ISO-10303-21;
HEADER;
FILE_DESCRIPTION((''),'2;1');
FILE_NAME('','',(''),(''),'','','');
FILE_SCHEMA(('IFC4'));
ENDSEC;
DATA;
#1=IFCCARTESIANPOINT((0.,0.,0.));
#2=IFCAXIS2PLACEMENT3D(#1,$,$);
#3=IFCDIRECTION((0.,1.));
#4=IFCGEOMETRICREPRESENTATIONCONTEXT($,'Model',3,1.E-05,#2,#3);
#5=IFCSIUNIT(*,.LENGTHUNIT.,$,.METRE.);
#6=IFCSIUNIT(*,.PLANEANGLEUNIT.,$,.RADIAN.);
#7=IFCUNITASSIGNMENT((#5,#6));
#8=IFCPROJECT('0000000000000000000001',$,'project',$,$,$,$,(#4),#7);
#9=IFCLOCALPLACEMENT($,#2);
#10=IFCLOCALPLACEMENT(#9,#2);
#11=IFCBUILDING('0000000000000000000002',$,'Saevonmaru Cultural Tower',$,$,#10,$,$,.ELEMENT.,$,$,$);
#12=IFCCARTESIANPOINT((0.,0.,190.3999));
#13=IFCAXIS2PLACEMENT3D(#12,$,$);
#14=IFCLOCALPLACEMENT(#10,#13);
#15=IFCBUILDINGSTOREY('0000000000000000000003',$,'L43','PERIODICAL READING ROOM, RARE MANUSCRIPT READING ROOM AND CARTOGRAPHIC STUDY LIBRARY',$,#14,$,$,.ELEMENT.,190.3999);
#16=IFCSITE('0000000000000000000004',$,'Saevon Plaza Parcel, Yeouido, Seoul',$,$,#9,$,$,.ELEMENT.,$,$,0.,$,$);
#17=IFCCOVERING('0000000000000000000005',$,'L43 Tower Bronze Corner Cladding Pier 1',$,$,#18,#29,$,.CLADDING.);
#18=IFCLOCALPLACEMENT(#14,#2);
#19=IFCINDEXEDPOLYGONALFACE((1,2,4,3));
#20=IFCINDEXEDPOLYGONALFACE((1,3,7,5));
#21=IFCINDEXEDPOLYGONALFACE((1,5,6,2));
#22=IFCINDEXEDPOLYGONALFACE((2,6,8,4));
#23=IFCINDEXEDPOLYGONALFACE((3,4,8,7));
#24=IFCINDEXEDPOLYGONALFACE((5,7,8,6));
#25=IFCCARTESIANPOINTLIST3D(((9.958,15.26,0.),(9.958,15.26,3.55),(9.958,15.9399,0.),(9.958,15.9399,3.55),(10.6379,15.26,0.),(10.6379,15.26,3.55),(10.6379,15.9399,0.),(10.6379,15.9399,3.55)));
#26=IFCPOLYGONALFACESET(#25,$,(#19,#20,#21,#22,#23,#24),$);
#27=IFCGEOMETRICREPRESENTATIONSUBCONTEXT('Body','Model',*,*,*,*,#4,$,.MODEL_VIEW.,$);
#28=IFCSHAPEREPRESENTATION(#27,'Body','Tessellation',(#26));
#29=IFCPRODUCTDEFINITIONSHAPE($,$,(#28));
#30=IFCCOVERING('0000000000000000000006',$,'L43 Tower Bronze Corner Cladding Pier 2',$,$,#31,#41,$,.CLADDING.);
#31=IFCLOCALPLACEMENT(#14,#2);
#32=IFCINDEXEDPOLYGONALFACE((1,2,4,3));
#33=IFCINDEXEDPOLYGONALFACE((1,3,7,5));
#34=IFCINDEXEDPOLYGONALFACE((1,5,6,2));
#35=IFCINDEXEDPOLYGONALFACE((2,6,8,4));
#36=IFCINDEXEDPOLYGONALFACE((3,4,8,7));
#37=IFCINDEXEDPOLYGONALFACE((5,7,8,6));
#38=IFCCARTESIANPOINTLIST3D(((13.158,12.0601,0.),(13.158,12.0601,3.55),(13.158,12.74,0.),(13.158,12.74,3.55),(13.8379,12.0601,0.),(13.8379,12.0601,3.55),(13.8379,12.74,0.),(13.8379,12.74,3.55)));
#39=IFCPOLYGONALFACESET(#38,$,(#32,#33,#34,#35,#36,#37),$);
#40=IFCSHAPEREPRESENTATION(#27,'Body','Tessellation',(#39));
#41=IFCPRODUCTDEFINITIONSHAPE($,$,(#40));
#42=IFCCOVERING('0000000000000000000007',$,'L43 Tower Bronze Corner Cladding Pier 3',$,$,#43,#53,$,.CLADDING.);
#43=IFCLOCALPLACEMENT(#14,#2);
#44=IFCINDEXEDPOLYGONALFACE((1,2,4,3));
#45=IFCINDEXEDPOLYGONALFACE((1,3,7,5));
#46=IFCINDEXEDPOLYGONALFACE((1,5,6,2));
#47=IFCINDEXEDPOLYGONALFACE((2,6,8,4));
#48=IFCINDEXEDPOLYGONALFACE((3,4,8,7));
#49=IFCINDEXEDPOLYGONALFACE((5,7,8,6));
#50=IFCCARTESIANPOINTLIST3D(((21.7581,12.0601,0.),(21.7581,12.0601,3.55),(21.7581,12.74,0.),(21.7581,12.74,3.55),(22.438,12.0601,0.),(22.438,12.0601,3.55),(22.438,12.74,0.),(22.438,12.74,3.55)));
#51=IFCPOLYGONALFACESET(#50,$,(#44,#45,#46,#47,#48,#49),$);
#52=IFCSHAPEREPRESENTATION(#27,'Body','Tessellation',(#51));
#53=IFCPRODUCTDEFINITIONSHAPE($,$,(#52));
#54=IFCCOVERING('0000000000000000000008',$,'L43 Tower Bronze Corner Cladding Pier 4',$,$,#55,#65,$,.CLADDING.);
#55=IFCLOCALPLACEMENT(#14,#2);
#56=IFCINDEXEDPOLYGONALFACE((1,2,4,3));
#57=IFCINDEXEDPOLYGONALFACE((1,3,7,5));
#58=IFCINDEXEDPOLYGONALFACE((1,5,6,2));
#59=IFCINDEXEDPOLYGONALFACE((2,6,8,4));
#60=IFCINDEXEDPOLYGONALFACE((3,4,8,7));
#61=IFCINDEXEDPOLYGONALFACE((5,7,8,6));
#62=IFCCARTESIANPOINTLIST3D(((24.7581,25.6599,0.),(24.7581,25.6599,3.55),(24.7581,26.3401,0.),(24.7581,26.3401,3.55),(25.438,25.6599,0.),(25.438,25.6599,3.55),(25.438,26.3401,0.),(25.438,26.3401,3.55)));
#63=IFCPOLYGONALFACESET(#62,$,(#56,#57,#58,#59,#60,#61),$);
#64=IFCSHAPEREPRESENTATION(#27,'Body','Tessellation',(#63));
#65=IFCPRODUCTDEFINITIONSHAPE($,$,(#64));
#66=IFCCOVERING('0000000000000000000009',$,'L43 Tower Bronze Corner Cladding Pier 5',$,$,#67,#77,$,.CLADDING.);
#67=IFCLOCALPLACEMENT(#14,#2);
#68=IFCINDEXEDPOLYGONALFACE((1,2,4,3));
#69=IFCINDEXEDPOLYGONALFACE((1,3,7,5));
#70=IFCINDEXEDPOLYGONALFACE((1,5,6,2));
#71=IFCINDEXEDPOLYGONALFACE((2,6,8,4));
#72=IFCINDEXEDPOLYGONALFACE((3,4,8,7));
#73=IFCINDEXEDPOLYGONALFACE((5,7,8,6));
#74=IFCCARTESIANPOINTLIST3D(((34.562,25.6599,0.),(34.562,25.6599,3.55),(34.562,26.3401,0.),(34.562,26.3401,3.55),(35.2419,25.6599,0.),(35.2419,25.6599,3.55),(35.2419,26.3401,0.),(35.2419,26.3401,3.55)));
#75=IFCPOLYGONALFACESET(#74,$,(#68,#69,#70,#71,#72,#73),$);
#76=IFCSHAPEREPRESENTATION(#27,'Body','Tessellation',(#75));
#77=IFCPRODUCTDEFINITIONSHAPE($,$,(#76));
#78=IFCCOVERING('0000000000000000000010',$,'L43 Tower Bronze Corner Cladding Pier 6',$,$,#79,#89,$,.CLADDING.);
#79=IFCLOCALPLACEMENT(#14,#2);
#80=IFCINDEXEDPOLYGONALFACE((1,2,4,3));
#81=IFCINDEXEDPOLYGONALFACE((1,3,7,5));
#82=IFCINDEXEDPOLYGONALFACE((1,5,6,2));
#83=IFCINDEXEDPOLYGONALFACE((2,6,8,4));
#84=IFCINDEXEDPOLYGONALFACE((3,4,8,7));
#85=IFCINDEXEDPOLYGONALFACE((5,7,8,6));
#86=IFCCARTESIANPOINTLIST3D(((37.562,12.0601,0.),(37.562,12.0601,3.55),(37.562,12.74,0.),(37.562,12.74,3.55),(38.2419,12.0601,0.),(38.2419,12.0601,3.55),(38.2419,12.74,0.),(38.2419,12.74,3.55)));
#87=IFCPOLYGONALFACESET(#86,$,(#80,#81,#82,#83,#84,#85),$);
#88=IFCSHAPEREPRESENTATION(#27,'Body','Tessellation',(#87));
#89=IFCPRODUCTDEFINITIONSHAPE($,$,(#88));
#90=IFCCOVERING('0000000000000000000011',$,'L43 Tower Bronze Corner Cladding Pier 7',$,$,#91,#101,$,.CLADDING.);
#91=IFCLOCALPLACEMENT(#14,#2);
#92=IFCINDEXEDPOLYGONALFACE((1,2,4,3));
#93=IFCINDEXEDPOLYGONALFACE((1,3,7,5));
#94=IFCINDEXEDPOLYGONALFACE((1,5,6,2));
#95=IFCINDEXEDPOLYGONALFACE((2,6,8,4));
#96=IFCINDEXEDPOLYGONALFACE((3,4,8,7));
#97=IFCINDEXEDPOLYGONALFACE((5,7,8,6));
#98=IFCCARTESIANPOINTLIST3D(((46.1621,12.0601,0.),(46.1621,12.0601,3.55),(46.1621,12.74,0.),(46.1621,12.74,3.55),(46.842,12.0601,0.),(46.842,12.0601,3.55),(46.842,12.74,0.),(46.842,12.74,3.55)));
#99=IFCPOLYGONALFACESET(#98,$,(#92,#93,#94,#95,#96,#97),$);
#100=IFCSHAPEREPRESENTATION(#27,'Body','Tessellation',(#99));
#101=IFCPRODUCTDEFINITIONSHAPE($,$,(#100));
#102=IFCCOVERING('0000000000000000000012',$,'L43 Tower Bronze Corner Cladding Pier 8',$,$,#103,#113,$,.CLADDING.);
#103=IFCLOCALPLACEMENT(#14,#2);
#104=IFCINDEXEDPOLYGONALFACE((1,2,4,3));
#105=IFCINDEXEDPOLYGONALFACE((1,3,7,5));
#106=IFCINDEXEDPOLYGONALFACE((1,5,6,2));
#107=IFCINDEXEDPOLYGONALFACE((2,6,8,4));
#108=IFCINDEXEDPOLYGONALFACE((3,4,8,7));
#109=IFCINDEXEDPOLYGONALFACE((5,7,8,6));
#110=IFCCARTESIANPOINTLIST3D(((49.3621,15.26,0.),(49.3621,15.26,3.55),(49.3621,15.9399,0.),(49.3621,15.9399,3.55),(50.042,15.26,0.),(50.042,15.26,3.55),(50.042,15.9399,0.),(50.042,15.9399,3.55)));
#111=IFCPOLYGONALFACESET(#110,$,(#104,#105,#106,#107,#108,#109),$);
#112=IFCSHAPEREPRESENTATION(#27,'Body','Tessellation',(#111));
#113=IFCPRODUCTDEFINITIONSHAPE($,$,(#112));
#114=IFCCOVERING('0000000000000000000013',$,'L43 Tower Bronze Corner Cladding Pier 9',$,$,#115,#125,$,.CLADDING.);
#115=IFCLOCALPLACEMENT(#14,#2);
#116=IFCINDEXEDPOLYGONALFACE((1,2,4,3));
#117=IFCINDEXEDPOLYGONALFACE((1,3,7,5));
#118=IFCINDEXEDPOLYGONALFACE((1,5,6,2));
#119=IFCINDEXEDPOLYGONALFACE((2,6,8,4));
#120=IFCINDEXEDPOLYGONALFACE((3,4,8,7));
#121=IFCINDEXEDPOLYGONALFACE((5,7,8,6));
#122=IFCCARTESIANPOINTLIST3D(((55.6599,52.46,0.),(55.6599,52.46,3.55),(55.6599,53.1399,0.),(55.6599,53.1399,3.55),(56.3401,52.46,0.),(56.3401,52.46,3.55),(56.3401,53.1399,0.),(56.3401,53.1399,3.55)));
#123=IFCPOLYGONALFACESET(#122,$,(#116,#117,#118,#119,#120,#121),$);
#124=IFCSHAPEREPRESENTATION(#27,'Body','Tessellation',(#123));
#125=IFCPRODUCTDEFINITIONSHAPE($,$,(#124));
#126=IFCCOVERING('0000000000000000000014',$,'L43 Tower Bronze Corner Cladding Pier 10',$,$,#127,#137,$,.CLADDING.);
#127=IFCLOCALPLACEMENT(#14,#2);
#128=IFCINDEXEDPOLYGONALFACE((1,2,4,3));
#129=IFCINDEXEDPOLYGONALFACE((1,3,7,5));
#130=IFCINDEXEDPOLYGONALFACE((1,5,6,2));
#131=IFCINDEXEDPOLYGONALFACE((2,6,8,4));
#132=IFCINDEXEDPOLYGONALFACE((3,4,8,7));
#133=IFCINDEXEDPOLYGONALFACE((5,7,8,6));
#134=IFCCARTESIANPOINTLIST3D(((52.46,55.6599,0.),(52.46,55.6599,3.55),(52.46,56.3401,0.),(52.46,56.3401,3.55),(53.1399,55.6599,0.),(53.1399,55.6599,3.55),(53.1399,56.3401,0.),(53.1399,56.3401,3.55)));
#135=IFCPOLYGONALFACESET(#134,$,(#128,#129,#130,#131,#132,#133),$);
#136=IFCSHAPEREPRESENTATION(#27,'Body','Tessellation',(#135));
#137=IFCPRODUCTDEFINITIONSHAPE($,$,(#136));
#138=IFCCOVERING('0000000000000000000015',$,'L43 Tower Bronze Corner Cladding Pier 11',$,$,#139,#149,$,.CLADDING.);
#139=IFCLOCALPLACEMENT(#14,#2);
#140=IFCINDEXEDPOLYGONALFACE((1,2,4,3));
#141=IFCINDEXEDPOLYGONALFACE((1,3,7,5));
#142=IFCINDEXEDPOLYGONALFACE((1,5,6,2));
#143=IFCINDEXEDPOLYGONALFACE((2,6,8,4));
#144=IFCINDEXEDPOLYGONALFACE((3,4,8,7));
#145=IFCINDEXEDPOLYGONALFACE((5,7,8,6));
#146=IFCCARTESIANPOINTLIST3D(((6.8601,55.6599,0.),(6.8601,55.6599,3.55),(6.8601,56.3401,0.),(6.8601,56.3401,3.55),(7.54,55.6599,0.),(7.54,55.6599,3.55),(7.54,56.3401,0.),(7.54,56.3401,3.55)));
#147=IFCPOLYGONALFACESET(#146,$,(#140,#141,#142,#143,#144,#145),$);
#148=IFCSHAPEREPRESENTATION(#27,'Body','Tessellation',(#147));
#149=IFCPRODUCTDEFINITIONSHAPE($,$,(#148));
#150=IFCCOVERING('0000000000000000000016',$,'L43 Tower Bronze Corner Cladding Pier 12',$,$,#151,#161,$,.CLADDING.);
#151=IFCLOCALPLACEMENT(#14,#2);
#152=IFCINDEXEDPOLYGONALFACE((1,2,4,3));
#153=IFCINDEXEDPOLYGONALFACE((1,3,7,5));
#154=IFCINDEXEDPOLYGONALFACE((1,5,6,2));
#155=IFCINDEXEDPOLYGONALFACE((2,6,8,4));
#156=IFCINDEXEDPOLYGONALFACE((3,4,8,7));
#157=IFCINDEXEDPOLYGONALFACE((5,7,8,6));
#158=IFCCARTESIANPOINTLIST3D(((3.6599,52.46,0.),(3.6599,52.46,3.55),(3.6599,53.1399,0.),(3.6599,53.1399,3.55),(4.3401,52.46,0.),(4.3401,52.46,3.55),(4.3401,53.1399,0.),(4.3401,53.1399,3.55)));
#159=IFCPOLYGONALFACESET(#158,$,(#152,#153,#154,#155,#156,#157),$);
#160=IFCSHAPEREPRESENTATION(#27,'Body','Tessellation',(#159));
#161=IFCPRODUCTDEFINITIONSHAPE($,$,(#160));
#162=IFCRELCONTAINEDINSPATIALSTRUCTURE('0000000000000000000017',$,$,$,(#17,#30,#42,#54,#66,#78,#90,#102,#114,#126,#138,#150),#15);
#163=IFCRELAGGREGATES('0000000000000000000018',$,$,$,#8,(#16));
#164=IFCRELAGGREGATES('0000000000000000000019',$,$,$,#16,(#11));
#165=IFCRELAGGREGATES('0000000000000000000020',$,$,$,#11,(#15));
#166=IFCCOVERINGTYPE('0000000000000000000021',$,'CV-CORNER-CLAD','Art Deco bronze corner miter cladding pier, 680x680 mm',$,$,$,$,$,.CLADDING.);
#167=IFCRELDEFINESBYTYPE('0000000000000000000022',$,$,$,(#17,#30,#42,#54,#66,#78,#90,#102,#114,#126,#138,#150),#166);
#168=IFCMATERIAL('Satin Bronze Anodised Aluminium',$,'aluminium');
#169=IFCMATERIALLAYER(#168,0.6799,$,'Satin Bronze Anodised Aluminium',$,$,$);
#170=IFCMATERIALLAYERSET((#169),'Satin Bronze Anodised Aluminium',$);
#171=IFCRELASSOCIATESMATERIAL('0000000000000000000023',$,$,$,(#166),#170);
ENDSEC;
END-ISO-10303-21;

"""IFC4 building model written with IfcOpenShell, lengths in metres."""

from ifc_helpers import new_model, si_unit, direction, frame, origin, place, context, subcontext, project, spatial, polyline, outline, extrude, material, layer, layer_set, type_object, element, save


model = new_model("IFC4")

# Units and contexts
model_context = context("Model", 3, precision=1e-05, world=origin(), true_north=direction((0.0, 1.0)))
body_context = subcontext(model_context, "Body", "Model", "MODEL_VIEW")
ifc_project = project(units=[si_unit("LENGTHUNIT", "METRE"), si_unit("PLANEANGLEUNIT", "RADIAN")], contexts=[model_context])

# Site, building, storey
site_placement = place(None, origin())
site = spatial("IfcSite", under=ifc_project, at=site_placement, Name="Saevon Plaza Parcel, Yeouido, Seoul", CompositionType="ELEMENT", RefElevation=0.0)
building_placement = place(site_placement, origin())
building = spatial("IfcBuilding", under=site, at=building_placement, Name="Saevonmaru Cultural Tower", CompositionType="ELEMENT")
storey_placement = place(building_placement, frame((0.0, 0.0, 190.3999)))
storey = spatial("IfcBuildingStorey", under=building, at=storey_placement, Name="L43", Description="PERIODICAL READING ROOM, RARE MANUSCRIPT READING ROOM AND CARTOGRAPHIC STUDY LIBRARY", CompositionType="ELEMENT", Elevation=190.3999)

# Shared definitions
ifc_material_1 = material(Name="Satin Bronze Anodised Aluminium", Category="aluminium")

# Coverings
ifc_layer_1 = layer(ifc_material_1, 0.6799, Name="Satin Bronze Anodised Aluminium")
ifc_layer_set_1 = layer_set([ifc_layer_1], Name="Satin Bronze Anodised Aluminium")
covering_type = type_object("IfcCoveringType", Name="CV-CORNER-CLAD", Description="Art Deco bronze corner miter cladding pier, 680x680 mm", PredefinedType="CLADDING", material=ifc_layer_set_1)
covering_1_placement = place(storey_placement, origin())
element("IfcCovering", 1, at=covering_1_placement, inside=storey, type_object=covering_type, Name="L43 Tower Bronze Corner Cladding Pier 1", PredefinedType="CLADDING", context=body_context, shape_type="SweptSolid", body=[
    extrude(outline(polyline([(9.958, 15.26), (10.6379, 15.26), (10.6379, 15.9399), (9.958, 15.9399), (9.958, 15.26)])), origin(), (0.0, 0.0, 1.0), 3.55),
])
covering_2_placement = place(storey_placement, origin())
element("IfcCovering", 2, at=covering_2_placement, inside=storey, type_object=covering_type, Name="L43 Tower Bronze Corner Cladding Pier 2", PredefinedType="CLADDING", context=body_context, shape_type="SweptSolid", body=[
    extrude(outline(polyline([(13.158, 12.0601), (13.8379, 12.0601), (13.8379, 12.74), (13.158, 12.74), (13.158, 12.0601)])), origin(), (0.0, 0.0, 1.0), 3.55),
])
covering_3_placement = place(storey_placement, origin())
element("IfcCovering", 3, at=covering_3_placement, inside=storey, type_object=covering_type, Name="L43 Tower Bronze Corner Cladding Pier 3", PredefinedType="CLADDING", context=body_context, shape_type="SweptSolid", body=[
    extrude(outline(polyline([(21.7581, 12.0601), (22.438, 12.0601), (22.438, 12.74), (21.7581, 12.74), (21.7581, 12.0601)])), origin(), (0.0, 0.0, 1.0), 3.55),
])
covering_4_placement = place(storey_placement, origin())
element("IfcCovering", 4, at=covering_4_placement, inside=storey, type_object=covering_type, Name="L43 Tower Bronze Corner Cladding Pier 4", PredefinedType="CLADDING", context=body_context, shape_type="SweptSolid", body=[
    extrude(outline(polyline([(24.7581, 25.6599), (25.438, 25.6599), (25.438, 26.3401), (24.7581, 26.3401), (24.7581, 25.6599)])), origin(), (0.0, 0.0, 1.0), 3.55),
])
covering_5_placement = place(storey_placement, origin())
element("IfcCovering", 5, at=covering_5_placement, inside=storey, type_object=covering_type, Name="L43 Tower Bronze Corner Cladding Pier 5", PredefinedType="CLADDING", context=body_context, shape_type="SweptSolid", body=[
    extrude(outline(polyline([(34.562, 25.6599), (35.2419, 25.6599), (35.2419, 26.3401), (34.562, 26.3401), (34.562, 25.6599)])), origin(), (0.0, 0.0, 1.0), 3.55),
])
covering_6_placement = place(storey_placement, origin())
element("IfcCovering", 6, at=covering_6_placement, inside=storey, type_object=covering_type, Name="L43 Tower Bronze Corner Cladding Pier 6", PredefinedType="CLADDING", context=body_context, shape_type="SweptSolid", body=[
    extrude(outline(polyline([(37.562, 12.0601), (38.2419, 12.0601), (38.2419, 12.74), (37.562, 12.74), (37.562, 12.0601)])), origin(), (0.0, 0.0, 1.0), 3.55),
])
covering_7_placement = place(storey_placement, origin())
element("IfcCovering", 7, at=covering_7_placement, inside=storey, type_object=covering_type, Name="L43 Tower Bronze Corner Cladding Pier 7", PredefinedType="CLADDING", context=body_context, shape_type="SweptSolid", body=[
    extrude(outline(polyline([(46.1621, 12.0601), (46.842, 12.0601), (46.842, 12.74), (46.1621, 12.74), (46.1621, 12.0601)])), origin(), (0.0, 0.0, 1.0), 3.55),
])
covering_8_placement = place(storey_placement, origin())
element("IfcCovering", 8, at=covering_8_placement, inside=storey, type_object=covering_type, Name="L43 Tower Bronze Corner Cladding Pier 8", PredefinedType="CLADDING", context=body_context, shape_type="SweptSolid", body=[
    extrude(outline(polyline([(49.3621, 15.26), (50.042, 15.26), (50.042, 15.9399), (49.3621, 15.9399), (49.3621, 15.26)])), origin(), (0.0, 0.0, 1.0), 3.55),
])
covering_9_placement = place(storey_placement, origin())
element("IfcCovering", 9, at=covering_9_placement, inside=storey, type_object=covering_type, Name="L43 Tower Bronze Corner Cladding Pier 9", PredefinedType="CLADDING", context=body_context, shape_type="SweptSolid", body=[
    extrude(outline(polyline([(55.6599, 52.46), (56.3401, 52.46), (56.3401, 53.1399), (55.6599, 53.1399), (55.6599, 52.46)])), origin(), (0.0, 0.0, 1.0), 3.55),
])
covering_10_placement = place(storey_placement, origin())
element("IfcCovering", 10, at=covering_10_placement, inside=storey, type_object=covering_type, Name="L43 Tower Bronze Corner Cladding Pier 10", PredefinedType="CLADDING", context=body_context, shape_type="SweptSolid", body=[
    extrude(outline(polyline([(52.46, 55.6599), (53.1399, 55.6599), (53.1399, 56.3401), (52.46, 56.3401), (52.46, 55.6599)])), origin(), (0.0, 0.0, 1.0), 3.55),
])
covering_11_placement = place(storey_placement, origin())
element("IfcCovering", 11, at=covering_11_placement, inside=storey, type_object=covering_type, Name="L43 Tower Bronze Corner Cladding Pier 11", PredefinedType="CLADDING", context=body_context, shape_type="SweptSolid", body=[
    extrude(outline(polyline([(6.8601, 55.6599), (7.54, 55.6599), (7.54, 56.3401), (6.8601, 56.3401), (6.8601, 55.6599)])), origin(), (0.0, 0.0, 1.0), 3.55),
])
covering_12_placement = place(storey_placement, origin())
element("IfcCovering", 12, at=covering_12_placement, inside=storey, type_object=covering_type, Name="L43 Tower Bronze Corner Cladding Pier 12", PredefinedType="CLADDING", context=body_context, shape_type="SweptSolid", body=[
    extrude(outline(polyline([(3.6599, 52.46), (4.3401, 52.46), (4.3401, 53.1399), (3.6599, 53.1399), (3.6599, 52.46)])), origin(), (0.0, 0.0, 1.0), 3.55),
])

save(model, "model.ifc")
